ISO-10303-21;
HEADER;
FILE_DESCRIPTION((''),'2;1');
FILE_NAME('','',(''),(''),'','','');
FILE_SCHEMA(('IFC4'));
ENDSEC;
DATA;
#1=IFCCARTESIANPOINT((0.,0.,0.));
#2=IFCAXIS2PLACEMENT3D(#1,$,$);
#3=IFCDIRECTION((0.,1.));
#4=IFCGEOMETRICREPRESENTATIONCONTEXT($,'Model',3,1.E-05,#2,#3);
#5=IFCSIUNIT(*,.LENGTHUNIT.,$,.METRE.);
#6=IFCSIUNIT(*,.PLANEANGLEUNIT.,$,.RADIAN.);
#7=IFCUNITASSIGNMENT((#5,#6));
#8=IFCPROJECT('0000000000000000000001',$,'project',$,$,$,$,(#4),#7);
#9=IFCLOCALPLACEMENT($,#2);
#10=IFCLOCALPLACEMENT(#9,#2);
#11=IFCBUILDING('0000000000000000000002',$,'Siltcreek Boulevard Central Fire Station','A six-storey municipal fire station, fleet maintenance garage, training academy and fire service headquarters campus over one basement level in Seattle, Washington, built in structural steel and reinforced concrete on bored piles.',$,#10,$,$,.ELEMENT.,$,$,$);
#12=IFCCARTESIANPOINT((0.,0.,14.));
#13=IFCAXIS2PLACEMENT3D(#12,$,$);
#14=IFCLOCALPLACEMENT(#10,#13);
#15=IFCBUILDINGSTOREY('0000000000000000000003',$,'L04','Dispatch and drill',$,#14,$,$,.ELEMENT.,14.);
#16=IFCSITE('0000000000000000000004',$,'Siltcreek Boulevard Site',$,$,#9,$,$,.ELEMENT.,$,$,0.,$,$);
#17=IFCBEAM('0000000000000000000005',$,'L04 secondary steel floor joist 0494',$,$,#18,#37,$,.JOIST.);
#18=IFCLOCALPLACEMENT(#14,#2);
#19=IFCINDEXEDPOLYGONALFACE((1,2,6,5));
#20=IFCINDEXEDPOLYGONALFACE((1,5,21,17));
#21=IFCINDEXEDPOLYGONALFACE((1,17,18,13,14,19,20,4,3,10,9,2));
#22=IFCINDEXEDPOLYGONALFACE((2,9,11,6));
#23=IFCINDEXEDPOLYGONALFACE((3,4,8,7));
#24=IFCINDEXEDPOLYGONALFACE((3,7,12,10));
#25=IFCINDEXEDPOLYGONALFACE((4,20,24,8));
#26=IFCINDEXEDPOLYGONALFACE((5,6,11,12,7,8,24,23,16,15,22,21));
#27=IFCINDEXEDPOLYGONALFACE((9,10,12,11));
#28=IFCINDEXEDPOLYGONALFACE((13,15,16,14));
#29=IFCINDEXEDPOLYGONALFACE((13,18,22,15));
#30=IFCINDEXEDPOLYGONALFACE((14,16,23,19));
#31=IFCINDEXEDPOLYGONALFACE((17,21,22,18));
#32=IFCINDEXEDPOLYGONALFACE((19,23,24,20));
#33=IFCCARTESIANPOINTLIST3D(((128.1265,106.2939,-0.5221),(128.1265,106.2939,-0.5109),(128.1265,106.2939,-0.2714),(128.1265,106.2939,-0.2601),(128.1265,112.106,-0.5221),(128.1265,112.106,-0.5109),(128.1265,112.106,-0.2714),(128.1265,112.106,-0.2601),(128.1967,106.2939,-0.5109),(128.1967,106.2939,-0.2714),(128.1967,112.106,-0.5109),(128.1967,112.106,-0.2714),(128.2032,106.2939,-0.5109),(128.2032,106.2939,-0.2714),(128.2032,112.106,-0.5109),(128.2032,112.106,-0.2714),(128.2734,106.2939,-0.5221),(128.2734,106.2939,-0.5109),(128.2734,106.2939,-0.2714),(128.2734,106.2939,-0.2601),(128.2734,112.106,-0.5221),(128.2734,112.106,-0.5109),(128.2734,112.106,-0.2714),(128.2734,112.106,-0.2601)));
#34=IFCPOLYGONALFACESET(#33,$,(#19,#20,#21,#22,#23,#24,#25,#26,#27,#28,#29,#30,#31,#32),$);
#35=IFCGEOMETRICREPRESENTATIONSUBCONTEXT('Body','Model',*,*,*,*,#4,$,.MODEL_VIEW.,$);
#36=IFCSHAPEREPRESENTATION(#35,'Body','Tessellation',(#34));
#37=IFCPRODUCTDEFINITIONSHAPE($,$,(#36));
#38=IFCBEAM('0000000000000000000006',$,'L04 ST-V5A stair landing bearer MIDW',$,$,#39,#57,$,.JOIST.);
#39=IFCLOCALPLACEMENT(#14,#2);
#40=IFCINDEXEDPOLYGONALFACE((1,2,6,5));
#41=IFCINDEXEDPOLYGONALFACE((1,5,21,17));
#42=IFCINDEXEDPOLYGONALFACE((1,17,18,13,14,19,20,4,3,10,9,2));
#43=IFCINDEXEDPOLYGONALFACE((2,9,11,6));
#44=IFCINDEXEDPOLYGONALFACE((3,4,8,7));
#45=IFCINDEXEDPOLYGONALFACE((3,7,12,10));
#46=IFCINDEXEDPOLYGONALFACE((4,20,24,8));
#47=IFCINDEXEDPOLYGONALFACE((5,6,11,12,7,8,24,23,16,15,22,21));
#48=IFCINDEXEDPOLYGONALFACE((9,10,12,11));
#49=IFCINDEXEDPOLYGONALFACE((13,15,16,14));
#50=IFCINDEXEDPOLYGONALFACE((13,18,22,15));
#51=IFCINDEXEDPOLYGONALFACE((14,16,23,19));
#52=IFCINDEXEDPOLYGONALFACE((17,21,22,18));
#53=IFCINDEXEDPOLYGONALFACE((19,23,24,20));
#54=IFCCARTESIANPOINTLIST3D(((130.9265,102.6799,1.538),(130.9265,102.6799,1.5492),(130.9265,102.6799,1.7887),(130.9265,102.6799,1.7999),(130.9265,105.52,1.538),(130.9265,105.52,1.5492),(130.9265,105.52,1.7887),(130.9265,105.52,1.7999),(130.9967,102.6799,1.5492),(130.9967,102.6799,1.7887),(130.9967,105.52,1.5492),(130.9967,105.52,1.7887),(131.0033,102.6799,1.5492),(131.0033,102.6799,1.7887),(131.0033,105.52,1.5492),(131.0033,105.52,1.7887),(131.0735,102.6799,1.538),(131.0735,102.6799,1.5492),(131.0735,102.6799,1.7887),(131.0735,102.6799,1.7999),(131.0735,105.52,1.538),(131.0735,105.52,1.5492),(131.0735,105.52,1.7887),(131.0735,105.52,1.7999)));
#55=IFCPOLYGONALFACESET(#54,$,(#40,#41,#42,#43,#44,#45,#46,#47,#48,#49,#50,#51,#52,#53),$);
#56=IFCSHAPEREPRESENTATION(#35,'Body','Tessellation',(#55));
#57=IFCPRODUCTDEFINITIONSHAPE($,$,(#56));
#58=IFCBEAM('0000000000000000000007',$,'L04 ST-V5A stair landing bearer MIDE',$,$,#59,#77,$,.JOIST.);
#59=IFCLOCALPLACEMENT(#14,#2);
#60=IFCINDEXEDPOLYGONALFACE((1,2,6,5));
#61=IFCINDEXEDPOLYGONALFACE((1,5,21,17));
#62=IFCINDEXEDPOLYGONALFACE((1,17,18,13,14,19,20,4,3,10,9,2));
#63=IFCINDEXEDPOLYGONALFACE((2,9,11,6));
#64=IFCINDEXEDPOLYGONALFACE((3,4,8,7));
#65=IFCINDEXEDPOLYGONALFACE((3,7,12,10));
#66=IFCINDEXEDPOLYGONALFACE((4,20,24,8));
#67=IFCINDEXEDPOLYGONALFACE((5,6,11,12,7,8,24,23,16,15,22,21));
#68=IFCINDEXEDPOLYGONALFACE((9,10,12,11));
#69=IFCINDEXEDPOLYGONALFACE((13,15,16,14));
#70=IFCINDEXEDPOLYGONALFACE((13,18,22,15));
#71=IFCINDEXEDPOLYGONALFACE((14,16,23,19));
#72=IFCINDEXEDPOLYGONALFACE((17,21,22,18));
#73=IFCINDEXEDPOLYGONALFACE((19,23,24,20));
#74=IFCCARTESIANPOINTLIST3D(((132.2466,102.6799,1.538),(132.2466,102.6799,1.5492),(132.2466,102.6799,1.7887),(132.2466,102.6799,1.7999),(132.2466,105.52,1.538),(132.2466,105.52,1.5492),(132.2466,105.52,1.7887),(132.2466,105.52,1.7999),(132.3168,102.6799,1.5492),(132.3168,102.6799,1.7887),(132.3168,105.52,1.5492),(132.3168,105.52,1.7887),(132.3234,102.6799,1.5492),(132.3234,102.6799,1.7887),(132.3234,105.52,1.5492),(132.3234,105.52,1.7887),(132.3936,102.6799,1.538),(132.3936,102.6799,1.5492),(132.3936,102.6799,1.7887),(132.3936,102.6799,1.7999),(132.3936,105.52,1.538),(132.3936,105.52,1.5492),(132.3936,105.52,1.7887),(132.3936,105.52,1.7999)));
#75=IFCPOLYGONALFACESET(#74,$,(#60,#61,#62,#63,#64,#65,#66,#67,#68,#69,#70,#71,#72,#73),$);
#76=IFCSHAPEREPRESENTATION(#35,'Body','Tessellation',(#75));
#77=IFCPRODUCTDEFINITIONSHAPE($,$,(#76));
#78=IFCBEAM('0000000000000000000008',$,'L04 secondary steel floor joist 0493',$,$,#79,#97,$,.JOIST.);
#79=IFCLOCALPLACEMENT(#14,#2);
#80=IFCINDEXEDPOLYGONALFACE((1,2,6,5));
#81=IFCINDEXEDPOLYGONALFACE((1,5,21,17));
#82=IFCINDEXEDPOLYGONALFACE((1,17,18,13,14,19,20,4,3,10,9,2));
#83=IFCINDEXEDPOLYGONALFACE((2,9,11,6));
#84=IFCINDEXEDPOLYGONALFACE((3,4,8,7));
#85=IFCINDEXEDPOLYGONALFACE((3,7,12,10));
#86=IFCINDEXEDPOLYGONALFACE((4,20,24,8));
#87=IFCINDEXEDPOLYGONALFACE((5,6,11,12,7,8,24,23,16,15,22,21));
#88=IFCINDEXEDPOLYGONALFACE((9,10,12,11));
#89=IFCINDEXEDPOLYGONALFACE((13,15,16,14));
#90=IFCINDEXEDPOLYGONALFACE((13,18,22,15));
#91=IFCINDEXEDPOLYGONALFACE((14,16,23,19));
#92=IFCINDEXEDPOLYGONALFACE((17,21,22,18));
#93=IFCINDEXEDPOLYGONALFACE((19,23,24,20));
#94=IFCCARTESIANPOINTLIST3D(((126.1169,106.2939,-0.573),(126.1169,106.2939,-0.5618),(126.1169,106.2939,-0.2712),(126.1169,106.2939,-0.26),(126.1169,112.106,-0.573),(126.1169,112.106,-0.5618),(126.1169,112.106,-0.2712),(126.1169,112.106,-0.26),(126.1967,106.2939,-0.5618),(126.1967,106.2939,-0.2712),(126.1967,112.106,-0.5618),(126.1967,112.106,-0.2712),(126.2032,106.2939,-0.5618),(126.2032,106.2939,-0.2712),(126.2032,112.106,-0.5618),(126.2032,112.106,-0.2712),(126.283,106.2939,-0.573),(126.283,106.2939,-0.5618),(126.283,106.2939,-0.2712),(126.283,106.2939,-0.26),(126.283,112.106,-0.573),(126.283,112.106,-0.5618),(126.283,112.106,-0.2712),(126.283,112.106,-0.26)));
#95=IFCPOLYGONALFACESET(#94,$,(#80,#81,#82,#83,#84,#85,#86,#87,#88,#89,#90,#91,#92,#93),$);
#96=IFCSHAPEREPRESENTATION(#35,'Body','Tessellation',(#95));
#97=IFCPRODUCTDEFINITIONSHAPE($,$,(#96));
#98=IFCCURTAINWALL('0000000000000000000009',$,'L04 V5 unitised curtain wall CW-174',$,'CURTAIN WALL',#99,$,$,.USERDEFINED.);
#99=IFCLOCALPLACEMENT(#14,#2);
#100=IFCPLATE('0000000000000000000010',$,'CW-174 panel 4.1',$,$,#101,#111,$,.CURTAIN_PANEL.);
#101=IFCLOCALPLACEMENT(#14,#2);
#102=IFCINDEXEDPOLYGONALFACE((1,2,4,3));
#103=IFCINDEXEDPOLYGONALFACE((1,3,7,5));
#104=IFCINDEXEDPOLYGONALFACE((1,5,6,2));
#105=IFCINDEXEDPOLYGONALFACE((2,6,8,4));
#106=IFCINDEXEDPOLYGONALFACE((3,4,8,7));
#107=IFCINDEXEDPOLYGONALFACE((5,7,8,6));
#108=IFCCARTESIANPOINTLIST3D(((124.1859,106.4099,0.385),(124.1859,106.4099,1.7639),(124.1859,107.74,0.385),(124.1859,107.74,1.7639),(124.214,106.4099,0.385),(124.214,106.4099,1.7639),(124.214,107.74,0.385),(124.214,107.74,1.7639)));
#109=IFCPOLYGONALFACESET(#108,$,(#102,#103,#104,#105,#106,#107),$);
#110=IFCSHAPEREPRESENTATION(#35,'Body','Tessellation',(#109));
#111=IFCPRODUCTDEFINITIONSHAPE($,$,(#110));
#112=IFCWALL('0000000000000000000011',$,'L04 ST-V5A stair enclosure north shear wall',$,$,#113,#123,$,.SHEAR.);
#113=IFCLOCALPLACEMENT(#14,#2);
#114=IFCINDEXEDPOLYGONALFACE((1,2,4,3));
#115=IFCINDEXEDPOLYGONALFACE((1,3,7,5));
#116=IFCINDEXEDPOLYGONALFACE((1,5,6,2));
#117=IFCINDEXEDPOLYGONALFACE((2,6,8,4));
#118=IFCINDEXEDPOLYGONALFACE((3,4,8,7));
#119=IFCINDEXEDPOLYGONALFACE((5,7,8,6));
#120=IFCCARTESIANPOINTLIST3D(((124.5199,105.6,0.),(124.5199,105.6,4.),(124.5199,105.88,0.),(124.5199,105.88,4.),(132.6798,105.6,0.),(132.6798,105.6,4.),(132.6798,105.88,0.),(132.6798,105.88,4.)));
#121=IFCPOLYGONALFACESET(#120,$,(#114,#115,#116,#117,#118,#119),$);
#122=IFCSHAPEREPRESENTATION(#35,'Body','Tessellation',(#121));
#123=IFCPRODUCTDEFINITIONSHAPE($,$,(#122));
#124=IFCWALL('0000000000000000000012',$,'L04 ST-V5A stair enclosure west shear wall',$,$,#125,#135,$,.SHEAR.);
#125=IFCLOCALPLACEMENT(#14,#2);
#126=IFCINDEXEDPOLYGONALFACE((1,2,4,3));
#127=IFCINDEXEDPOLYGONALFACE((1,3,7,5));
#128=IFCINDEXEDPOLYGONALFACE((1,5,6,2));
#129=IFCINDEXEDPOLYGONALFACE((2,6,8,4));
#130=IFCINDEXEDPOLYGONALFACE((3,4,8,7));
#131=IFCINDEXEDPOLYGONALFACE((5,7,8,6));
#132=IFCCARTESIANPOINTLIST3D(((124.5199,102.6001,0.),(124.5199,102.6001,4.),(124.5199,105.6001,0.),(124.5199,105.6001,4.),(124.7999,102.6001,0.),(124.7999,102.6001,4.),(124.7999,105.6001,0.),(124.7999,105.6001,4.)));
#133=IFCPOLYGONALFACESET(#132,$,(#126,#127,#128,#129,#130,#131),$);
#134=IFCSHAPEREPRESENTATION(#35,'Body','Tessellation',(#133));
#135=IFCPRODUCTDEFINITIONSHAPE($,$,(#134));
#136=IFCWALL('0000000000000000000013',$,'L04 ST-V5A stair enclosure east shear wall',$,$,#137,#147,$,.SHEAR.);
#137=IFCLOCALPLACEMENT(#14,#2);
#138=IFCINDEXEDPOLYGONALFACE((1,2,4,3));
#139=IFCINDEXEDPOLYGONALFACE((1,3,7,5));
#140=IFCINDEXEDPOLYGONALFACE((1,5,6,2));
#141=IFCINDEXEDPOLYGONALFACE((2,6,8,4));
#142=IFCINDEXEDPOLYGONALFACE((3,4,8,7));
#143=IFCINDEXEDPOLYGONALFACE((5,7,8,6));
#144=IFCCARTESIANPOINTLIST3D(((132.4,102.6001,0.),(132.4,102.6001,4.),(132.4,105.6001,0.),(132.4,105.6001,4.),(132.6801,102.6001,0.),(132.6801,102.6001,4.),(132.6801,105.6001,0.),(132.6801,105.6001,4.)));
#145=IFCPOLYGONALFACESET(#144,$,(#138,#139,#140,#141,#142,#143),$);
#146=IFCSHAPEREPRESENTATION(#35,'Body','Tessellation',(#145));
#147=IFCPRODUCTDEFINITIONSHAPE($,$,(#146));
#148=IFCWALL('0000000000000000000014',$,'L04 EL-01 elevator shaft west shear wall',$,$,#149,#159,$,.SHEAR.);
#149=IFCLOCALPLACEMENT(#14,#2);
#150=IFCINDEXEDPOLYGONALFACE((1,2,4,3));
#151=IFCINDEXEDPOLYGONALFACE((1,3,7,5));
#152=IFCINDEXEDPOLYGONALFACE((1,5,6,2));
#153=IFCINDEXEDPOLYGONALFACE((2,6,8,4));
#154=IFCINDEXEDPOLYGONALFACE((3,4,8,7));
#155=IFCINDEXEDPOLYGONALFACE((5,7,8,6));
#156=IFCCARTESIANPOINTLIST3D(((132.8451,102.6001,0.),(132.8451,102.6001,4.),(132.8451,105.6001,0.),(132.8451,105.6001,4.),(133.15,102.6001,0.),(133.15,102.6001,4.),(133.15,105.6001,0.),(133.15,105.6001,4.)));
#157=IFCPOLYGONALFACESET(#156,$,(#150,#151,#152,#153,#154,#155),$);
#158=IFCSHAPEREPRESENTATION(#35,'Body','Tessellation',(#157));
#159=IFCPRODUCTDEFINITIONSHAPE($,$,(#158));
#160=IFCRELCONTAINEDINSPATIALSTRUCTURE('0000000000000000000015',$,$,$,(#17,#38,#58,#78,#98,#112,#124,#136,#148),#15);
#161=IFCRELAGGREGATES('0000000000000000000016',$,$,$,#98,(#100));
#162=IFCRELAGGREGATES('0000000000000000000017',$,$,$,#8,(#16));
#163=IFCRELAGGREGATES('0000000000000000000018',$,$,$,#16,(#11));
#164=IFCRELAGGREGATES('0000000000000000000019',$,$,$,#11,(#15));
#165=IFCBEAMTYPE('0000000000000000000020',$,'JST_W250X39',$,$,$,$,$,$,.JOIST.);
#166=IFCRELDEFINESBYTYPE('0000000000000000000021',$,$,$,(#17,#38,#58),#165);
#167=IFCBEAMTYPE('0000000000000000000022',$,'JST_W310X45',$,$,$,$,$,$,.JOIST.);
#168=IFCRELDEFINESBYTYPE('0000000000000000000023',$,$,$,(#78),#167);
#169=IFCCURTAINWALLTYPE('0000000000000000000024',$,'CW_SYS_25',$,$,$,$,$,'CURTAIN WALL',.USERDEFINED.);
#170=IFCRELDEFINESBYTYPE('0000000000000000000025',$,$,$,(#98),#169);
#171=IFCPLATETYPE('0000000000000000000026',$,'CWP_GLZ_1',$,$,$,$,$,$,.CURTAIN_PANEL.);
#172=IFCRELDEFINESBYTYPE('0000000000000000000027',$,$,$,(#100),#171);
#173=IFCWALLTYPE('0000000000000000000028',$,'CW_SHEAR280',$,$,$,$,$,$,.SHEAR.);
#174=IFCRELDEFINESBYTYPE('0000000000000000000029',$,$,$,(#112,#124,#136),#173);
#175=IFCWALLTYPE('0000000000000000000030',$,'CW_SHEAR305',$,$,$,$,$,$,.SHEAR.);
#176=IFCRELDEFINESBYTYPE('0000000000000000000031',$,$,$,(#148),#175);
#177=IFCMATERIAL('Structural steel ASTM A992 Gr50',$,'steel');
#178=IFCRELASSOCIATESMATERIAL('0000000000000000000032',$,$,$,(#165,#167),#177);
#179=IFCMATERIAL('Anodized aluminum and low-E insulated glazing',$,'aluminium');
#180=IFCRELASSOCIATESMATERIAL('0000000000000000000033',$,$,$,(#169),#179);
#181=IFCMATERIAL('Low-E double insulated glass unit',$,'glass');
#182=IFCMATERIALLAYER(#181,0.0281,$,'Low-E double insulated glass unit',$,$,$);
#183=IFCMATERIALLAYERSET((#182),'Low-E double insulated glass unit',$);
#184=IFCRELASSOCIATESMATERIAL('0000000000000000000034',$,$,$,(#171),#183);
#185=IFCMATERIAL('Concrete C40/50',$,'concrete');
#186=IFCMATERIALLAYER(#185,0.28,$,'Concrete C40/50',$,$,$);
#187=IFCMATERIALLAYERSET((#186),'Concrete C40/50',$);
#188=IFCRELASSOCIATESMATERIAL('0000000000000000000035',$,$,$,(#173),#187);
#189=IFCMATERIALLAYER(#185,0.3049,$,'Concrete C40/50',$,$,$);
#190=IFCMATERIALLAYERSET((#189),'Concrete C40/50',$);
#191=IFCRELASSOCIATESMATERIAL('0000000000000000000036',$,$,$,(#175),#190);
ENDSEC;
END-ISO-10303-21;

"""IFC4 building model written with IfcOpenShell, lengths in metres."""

from ifc_helpers import new_model, si_unit, direction, frame, frame_2d, origin, origin_2d, place, context, subcontext, project, spatial, rectangle, i_section, extrude, material, layer, layer_set, material_profile, profile_set, type_object, element, aggregate, save


model = new_model("IFC4")

# Units and contexts
model_context = context("Model", 3, precision=1e-05, world=origin(), true_north=direction((0.0, 1.0)))
body_context = subcontext(model_context, "Body", "Model", "MODEL_VIEW")
ifc_project = project(units=[si_unit("LENGTHUNIT", "METRE"), si_unit("PLANEANGLEUNIT", "RADIAN")], contexts=[model_context])

# Site, building, storey
site_placement = place(None, origin())
site = spatial("IfcSite", under=ifc_project, at=site_placement, Name="Siltcreek Boulevard Site", CompositionType="ELEMENT", RefElevation=0.0)
building_placement = place(site_placement, origin())
building = spatial("IfcBuilding", under=site, at=building_placement, Name="Siltcreek Boulevard Central Fire Station", Description="A six-storey municipal fire station, fleet maintenance garage, training academy and fire service headquarters campus over one basement level in Seattle, Washington, built in structural steel and reinforced concrete on bored piles.", CompositionType="ELEMENT")
storey_placement = place(building_placement, frame((0.0, 0.0, 14.0)))
storey = spatial("IfcBuildingStorey", under=building, at=storey_placement, Name="L04", Description="Dispatch and drill", CompositionType="ELEMENT", Elevation=14.0)

# Shared definitions
ifc_material_1 = material(Name="Structural steel ASTM A992 Gr50", Category="steel")

# Beams
ifc_material_profile_1 = material_profile(ifc_material_1, i_section(OverallWidth=0.147, OverallDepth=0.262, WebThickness=0.0066, FlangeThickness=0.0112, at=origin_2d()), Name="W250X39")
ifc_profile_set_1 = profile_set([ifc_material_profile_1], Name="Structural steel ASTM A992 Gr50")
beam_type_1 = type_object("IfcBeamType", Name="JST_W250X39", PredefinedType="JOIST", material=ifc_profile_set_1)
beam_1_placement = place(storey_placement, frame((128.2, 106.2939, -0.3911), z_axis=(0.0, 1.0, 0.0), x_axis=(-1.0, 0.0, 0.0)))
element("IfcBeam", 1, at=beam_1_placement, inside=storey, type_object=beam_type_1, Name="L04 secondary steel floor joist 0494", PredefinedType="JOIST", context=body_context, shape_type="SweptSolid", body=[
    extrude(i_section(OverallWidth=0.147, OverallDepth=0.262, WebThickness=0.0066, FlangeThickness=0.0112, at=origin_2d()), origin(), (0.0, 0.0, 1.0), 5.812),
])
for number, where, z_axis, x_axis, name in (
    (2, (131.0, 102.6799, 1.6689), (0.0, 1.0, 0.0), (-1.0, 0.0, 0.0), "L04 ST-V5A stair landing bearer MIDW"),
    (3, (132.3201, 102.6799, 1.6689), (0.0, 1.0, 0.0), (-1.0, 0.0, 0.0), "L04 ST-V5A stair landing bearer MIDE"),
):
    element("IfcBeam", number, at=place(storey_placement, frame(where, z_axis=z_axis, x_axis=x_axis)), inside=storey, type_object=beam_type_1, Name=name, PredefinedType="JOIST", context=body_context, shape_type="SweptSolid", body=[
        extrude(i_section(OverallWidth=0.147, OverallDepth=0.262, WebThickness=0.0066, FlangeThickness=0.0112, at=origin_2d()), origin(), (0.0, 0.0, 1.0), 2.8401),
    ])
ifc_material_profile_2 = material_profile(ifc_material_1, i_section(OverallWidth=0.166, OverallDepth=0.313, WebThickness=0.0066, FlangeThickness=0.0112, at=origin_2d()), Name="W310X45")
ifc_profile_set_2 = profile_set([ifc_material_profile_2], Name="Structural steel ASTM A992 Gr50")
beam_type_2 = type_object("IfcBeamType", Name="JST_W310X45", PredefinedType="JOIST", material=ifc_profile_set_2)
beam_2_placement = place(storey_placement, frame((126.2, 106.2939, -0.4165), z_axis=(0.0, 1.0, 0.0), x_axis=(-1.0, 0.0, 0.0)))
element("IfcBeam", 4, at=beam_2_placement, inside=storey, type_object=beam_type_2, Name="L04 secondary steel floor joist 0493", PredefinedType="JOIST", context=body_context, shape_type="SweptSolid", body=[
    extrude(i_section(OverallWidth=0.166, OverallDepth=0.313, WebThickness=0.0066, FlangeThickness=0.0112, at=origin_2d()), origin(), (0.0, 0.0, 1.0), 5.812),
])

# Curtain wall, plate
ifc_material_2 = material(Name="Anodized aluminum and low-E insulated glazing", Category="aluminium")
curtain_wall_type = type_object("IfcCurtainWallType", Name="CW_SYS_25", ElementType="CURTAIN WALL", PredefinedType="USERDEFINED", material=ifc_material_2)
curtain_wall_placement = place(storey_placement, origin())
curtain_wall = element("IfcCurtainWall", 5, at=curtain_wall_placement, inside=storey, type_object=curtain_wall_type, Name="L04 V5 unitised curtain wall CW-174", ObjectType="CURTAIN WALL", PredefinedType="USERDEFINED")
ifc_material_3 = material(Name="Low-E double insulated glass unit", Category="glass")
ifc_layer_1 = layer(ifc_material_3, 0.0281, Name="Low-E double insulated glass unit")
ifc_layer_set_1 = layer_set([ifc_layer_1], Name="Low-E double insulated glass unit")
plate_type = type_object("IfcPlateType", Name="CWP_GLZ_1", PredefinedType="CURTAIN_PANEL", material=ifc_layer_set_1)
plate_placement = place(storey_placement, frame((124.2, 107.075, 0.385), z_axis=(0.0, 0.0, 1.0), x_axis=(0.0, -1.0, 0.0)))
plate = element("IfcPlate", 6, at=plate_placement, type_object=plate_type, Name="CW-174 panel 4.1", PredefinedType="CURTAIN_PANEL", context=body_context, shape_type="SweptSolid", body=[
    extrude(rectangle(XDim=1.3301, YDim=0.0281, at=origin_2d()), origin(), (0.0, 0.0, 1.0), 1.3789),
])
aggregate(curtain_wall, [plate])

# Walls
ifc_material_4 = material(Name="Concrete C40/50", Category="concrete")
ifc_layer_2 = layer(ifc_material_4, 0.28, Name="Concrete C40/50")
ifc_layer_set_2 = layer_set([ifc_layer_2], Name="Concrete C40/50")
wall_type_1 = type_object("IfcWallType", Name="CW_SHEAR280", PredefinedType="SHEAR", material=ifc_layer_set_2)
wall_1_placement = place(storey_placement, frame((132.6799, 105.74, 0.0), z_axis=(0.0, 0.0, 1.0), x_axis=(-1.0, 0.0, 0.0)))
element("IfcWall", 7, at=wall_1_placement, inside=storey, type_object=wall_type_1, Name="L04 ST-V5A stair enclosure north shear wall", PredefinedType="SHEAR", context=body_context, shape_type="SweptSolid", body=[
    extrude(rectangle(XDim=8.1599, YDim=0.28, at=frame_2d((4.0801, 0.0))), origin(), (0.0, 0.0, 1.0), 4.0),
])
for number, where, z_axis, x_axis, name in (
    (8, (124.6599, 105.6001, 0.0), (0.0, 0.0, 1.0), (0.0, -1.0, 0.0), "L04 ST-V5A stair enclosure west shear wall"),
    (9, (132.54, 102.6001, 0.0), (0.0, 0.0, 1.0), (0.0, 1.0, 0.0), "L04 ST-V5A stair enclosure east shear wall"),
):
    element("IfcWall", number, at=place(storey_placement, frame(where, z_axis=z_axis, x_axis=x_axis)), inside=storey, type_object=wall_type_1, Name=name, PredefinedType="SHEAR", context=body_context, shape_type="SweptSolid", body=[
        extrude(rectangle(XDim=3.0, YDim=0.28, at=frame_2d((1.5, 0.0))), origin(), (0.0, 0.0, 1.0), 4.0),
    ])
ifc_layer_3 = layer(ifc_material_4, 0.3049, Name="Concrete C40/50")
ifc_layer_set_3 = layer_set([ifc_layer_3], Name="Concrete C40/50")
wall_type_2 = type_object("IfcWallType", Name="CW_SHEAR305", PredefinedType="SHEAR", material=ifc_layer_set_3)
wall_2_placement = place(storey_placement, frame((132.9976, 105.6001, 0.0), z_axis=(0.0, 0.0, 1.0), x_axis=(0.0, -1.0, 0.0)))
element("IfcWall", 10, at=wall_2_placement, inside=storey, type_object=wall_type_2, Name="L04 EL-01 elevator shaft west shear wall", PredefinedType="SHEAR", context=body_context, shape_type="SweptSolid", body=[
    extrude(rectangle(XDim=3.0, YDim=0.3049, at=frame_2d((1.5, 0.0))), origin(), (0.0, 0.0, 1.0), 4.0),
])

save(model, "model.ifc")
